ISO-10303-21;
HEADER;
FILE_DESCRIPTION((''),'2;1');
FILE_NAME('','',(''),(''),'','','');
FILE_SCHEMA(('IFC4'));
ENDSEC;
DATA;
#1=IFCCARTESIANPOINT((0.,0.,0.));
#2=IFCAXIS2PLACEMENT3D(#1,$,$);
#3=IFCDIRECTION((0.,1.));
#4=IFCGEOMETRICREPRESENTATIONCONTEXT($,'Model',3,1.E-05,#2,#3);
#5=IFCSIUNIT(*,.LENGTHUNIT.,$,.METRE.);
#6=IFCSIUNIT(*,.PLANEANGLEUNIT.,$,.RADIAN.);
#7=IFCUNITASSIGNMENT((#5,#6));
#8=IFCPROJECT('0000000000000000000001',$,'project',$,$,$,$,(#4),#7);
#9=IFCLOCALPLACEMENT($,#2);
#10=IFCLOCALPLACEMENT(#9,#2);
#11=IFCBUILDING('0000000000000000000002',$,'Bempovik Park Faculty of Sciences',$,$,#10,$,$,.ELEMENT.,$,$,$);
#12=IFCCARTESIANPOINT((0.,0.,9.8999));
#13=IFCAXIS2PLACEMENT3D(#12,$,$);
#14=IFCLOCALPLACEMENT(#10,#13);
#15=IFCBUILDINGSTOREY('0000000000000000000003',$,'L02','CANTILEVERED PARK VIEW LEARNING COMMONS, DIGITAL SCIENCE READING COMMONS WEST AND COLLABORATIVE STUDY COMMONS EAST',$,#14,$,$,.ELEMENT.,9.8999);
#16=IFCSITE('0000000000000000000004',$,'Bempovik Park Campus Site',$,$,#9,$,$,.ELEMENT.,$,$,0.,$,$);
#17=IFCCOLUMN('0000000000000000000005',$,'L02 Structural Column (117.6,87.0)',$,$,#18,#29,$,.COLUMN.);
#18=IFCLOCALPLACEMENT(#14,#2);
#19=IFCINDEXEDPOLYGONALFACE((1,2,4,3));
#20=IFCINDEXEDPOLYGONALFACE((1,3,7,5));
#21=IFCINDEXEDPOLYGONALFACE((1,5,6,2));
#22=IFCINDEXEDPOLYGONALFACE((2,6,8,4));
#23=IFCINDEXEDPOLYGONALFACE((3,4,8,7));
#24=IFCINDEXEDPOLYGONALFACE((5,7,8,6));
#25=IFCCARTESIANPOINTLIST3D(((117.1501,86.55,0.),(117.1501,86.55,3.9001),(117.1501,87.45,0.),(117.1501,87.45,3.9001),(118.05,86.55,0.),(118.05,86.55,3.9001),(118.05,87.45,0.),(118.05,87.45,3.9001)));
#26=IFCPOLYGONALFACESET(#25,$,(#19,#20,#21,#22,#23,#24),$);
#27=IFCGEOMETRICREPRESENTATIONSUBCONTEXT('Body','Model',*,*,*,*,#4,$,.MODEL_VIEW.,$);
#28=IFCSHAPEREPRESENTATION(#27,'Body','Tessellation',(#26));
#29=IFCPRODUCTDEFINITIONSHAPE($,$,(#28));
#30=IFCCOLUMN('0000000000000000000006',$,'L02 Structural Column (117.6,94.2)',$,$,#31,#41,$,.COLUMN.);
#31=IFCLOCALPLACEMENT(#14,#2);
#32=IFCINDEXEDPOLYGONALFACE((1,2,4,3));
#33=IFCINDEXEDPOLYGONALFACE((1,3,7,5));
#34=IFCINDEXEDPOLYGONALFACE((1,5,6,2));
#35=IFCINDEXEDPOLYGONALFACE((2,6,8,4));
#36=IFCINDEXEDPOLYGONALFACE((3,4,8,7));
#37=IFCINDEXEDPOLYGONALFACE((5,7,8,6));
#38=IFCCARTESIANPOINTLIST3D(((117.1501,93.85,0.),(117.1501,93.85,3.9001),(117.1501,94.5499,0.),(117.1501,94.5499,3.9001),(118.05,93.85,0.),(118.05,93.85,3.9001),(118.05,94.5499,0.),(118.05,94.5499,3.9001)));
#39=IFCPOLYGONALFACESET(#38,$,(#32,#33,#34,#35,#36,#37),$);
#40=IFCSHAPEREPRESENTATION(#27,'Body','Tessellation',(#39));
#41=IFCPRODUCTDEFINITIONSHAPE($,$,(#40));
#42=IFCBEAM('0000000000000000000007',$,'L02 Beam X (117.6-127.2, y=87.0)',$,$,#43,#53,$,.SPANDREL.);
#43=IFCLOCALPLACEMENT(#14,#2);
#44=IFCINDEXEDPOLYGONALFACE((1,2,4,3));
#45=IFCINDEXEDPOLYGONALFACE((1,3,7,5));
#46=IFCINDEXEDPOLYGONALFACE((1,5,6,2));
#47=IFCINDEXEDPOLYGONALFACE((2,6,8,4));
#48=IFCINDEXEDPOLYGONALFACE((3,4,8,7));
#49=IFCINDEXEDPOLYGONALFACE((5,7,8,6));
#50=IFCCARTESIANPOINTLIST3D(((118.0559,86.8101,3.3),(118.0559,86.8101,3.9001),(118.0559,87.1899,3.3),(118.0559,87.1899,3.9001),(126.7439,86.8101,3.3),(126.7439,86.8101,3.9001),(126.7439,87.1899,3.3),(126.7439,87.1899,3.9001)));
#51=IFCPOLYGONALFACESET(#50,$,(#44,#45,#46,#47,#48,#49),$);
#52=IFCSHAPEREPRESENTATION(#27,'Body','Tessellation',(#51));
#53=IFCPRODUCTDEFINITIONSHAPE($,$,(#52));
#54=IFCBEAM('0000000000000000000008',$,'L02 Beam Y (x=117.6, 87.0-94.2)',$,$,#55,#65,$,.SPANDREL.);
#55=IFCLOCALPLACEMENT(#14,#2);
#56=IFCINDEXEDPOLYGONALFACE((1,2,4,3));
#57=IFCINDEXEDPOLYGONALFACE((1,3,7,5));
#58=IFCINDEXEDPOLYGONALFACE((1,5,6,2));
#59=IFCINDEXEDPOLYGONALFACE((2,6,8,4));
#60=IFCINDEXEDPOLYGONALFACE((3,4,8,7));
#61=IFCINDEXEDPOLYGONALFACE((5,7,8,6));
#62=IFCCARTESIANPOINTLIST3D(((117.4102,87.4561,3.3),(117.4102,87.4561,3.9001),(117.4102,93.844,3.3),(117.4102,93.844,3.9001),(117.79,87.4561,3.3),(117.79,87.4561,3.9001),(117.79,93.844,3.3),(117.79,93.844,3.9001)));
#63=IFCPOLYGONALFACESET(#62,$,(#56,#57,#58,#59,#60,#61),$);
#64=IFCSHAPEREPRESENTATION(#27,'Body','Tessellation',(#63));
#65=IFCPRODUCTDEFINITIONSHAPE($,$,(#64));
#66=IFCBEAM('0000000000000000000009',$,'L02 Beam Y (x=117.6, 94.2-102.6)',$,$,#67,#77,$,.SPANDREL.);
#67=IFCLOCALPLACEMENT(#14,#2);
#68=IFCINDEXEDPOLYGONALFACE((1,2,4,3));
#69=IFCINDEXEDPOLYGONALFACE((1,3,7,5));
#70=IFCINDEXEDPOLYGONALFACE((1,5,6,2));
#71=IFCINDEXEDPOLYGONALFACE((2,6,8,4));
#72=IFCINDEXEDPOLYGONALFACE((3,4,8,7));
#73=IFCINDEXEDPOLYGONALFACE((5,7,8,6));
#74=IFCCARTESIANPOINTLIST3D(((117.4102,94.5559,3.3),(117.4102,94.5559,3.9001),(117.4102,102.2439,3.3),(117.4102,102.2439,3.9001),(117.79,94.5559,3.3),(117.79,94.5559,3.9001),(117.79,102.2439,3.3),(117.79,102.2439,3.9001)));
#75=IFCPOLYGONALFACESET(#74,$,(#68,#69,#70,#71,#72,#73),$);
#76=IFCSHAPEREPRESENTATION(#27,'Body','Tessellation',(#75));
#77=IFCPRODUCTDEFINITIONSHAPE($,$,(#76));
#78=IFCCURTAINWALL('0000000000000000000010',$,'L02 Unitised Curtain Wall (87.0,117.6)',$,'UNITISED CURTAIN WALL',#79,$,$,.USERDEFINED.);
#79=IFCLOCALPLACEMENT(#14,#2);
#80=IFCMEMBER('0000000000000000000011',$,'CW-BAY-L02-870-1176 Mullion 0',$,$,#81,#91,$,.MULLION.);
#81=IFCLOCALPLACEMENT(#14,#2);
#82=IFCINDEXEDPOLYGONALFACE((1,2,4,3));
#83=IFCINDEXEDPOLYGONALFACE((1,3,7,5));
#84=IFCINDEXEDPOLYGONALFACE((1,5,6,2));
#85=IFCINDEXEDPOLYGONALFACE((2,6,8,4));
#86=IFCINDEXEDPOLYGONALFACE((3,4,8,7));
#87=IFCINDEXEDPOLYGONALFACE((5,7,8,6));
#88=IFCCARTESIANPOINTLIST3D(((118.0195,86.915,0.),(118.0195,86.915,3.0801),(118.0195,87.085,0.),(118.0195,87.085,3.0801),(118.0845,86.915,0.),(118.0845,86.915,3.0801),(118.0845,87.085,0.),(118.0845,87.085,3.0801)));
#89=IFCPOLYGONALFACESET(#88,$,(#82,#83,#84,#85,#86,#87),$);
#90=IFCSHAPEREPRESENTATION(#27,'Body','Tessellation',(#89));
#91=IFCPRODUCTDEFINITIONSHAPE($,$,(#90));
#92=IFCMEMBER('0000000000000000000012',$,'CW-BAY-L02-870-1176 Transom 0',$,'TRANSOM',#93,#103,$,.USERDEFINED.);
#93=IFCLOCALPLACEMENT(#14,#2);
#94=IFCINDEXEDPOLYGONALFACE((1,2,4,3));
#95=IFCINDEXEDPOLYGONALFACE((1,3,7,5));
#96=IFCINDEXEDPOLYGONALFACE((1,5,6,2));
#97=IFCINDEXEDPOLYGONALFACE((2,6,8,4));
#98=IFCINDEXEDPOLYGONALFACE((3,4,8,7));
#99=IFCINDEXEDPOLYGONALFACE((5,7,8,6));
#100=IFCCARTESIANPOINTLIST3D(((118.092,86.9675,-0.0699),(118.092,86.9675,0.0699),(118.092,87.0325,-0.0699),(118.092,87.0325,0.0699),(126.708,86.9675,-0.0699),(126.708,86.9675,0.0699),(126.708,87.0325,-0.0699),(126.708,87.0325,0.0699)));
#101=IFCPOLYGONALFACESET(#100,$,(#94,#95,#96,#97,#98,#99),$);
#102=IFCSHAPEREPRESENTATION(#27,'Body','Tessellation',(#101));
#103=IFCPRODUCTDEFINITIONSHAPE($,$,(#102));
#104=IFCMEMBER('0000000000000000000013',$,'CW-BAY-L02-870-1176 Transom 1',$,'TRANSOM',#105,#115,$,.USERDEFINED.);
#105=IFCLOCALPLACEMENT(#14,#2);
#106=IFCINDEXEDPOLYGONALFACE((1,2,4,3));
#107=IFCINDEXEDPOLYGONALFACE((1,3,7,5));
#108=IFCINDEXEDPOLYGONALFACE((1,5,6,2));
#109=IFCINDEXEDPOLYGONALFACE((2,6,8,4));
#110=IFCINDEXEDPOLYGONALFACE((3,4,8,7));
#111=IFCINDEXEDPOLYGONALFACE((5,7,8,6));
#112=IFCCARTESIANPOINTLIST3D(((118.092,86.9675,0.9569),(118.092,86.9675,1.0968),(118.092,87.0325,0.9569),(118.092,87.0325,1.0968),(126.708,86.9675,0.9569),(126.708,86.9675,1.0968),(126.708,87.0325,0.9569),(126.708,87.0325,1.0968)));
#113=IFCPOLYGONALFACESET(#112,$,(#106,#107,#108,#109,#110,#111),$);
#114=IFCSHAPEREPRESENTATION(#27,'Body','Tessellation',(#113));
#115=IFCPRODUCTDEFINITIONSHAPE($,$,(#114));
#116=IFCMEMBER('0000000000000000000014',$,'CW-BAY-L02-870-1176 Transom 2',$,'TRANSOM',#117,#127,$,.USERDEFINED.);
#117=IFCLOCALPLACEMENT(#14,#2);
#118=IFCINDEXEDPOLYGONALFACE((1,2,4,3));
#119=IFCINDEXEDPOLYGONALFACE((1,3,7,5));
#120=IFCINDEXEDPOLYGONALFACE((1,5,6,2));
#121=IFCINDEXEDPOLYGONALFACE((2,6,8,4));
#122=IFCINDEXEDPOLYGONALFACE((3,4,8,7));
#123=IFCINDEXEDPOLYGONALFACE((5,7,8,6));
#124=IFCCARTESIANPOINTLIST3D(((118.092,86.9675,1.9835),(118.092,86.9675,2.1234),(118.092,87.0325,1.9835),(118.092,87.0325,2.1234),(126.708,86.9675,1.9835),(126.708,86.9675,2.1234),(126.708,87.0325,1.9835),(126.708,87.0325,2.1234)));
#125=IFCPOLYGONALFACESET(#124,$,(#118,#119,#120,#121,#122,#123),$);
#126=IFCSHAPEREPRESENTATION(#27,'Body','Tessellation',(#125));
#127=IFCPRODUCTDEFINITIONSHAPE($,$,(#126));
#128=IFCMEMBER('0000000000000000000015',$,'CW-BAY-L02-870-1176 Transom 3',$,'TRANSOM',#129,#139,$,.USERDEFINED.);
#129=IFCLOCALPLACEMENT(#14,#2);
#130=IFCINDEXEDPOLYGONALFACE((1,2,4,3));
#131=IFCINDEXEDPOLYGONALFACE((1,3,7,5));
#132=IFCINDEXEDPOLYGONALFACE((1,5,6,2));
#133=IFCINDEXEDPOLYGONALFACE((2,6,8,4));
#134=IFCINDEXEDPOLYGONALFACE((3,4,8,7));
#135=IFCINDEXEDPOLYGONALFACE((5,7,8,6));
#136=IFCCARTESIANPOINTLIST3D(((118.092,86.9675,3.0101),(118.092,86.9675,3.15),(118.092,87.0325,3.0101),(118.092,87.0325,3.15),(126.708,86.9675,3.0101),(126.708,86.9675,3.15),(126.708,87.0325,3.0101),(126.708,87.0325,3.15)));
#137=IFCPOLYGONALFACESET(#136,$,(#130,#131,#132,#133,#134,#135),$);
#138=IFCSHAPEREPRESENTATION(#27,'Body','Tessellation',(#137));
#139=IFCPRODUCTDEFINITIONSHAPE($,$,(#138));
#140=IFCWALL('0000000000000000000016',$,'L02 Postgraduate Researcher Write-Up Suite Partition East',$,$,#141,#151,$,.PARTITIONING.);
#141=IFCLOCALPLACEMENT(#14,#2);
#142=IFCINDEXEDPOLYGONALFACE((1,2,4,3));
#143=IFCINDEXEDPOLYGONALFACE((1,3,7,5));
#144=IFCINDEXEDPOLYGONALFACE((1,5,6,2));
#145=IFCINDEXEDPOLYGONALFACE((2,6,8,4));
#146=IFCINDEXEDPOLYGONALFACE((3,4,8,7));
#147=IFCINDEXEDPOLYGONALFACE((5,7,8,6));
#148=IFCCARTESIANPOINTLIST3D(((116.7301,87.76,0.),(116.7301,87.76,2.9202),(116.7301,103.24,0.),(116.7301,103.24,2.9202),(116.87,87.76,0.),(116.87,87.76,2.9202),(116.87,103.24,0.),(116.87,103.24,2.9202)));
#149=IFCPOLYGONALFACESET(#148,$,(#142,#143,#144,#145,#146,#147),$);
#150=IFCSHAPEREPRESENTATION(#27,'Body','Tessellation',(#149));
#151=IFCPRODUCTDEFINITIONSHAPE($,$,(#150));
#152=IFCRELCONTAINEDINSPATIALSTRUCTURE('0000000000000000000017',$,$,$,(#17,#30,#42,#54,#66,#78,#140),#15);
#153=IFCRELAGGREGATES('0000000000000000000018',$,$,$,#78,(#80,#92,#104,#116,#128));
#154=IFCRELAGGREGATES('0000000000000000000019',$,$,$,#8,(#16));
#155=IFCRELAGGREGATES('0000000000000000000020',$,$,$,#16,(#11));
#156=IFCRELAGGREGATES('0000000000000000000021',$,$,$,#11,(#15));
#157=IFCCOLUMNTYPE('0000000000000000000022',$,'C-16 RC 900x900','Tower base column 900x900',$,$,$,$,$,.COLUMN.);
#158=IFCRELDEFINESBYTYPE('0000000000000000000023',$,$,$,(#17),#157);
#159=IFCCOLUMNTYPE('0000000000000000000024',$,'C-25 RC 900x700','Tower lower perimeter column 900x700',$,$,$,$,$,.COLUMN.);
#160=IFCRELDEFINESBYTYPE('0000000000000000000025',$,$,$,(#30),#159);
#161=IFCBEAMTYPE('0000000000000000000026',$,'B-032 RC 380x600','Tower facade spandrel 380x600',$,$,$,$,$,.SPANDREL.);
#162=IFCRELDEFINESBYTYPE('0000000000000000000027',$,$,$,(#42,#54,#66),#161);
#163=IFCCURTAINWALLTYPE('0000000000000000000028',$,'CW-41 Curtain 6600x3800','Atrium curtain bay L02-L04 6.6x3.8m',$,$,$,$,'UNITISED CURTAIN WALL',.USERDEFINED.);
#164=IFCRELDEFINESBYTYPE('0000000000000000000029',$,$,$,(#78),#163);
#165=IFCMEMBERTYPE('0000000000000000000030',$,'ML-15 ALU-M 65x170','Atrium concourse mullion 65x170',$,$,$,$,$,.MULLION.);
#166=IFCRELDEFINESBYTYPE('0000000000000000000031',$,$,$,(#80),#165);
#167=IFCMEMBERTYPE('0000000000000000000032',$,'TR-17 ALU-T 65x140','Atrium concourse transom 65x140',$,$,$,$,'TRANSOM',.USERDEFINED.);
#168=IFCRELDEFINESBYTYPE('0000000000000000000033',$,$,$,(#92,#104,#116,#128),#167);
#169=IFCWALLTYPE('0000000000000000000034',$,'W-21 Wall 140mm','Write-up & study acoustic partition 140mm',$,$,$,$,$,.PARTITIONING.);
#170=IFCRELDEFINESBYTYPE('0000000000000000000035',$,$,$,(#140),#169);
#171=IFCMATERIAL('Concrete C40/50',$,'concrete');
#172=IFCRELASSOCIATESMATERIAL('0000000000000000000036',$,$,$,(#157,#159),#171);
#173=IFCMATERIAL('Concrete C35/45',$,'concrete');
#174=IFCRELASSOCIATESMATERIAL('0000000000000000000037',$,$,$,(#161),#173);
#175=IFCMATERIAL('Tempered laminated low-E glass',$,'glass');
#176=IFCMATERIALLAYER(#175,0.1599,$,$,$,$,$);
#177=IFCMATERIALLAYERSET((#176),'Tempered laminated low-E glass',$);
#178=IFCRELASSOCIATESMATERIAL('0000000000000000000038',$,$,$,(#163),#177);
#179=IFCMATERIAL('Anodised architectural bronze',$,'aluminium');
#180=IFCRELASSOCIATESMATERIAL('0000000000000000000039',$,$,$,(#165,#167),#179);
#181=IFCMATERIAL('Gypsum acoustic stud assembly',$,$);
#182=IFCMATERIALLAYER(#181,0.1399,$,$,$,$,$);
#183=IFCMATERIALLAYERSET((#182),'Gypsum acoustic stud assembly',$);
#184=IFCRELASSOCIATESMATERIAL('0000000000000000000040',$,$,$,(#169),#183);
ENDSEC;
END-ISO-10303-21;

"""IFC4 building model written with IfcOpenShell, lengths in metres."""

from ifc_helpers import new_model, si_unit, direction, frame, frame_2d, origin, origin_2d, place, context, subcontext, project, spatial, rectangle, extrude, material, layer, layer_set, material_profile, profile_set, type_object, element, aggregate, save


model = new_model("IFC4")

# Units and contexts
model_context = context("Model", 3, precision=1e-05, world=origin(), true_north=direction((0.0, 1.0)))
body_context = subcontext(model_context, "Body", "Model", "MODEL_VIEW")
ifc_project = project(units=[si_unit("LENGTHUNIT", "METRE"), si_unit("PLANEANGLEUNIT", "RADIAN")], contexts=[model_context])

# Site, building, storey
site_placement = place(None, origin())
site = spatial("IfcSite", under=ifc_project, at=site_placement, Name="Bempovik Park Campus Site", CompositionType="ELEMENT", RefElevation=0.0)
building_placement = place(site_placement, origin())
building = spatial("IfcBuilding", under=site, at=building_placement, Name="Bempovik Park Faculty of Sciences", CompositionType="ELEMENT")
storey_placement = place(building_placement, frame((0.0, 0.0, 9.8999)))
storey = spatial("IfcBuildingStorey", under=building, at=storey_placement, Name="L02", Description="CANTILEVERED PARK VIEW LEARNING COMMONS, DIGITAL SCIENCE READING COMMONS WEST AND COLLABORATIVE STUDY COMMONS EAST", CompositionType="ELEMENT", Elevation=9.8999)

# Columns
ifc_material_1 = material(Name="Concrete C40/50", Category="concrete")
ifc_material_profile_1 = material_profile(ifc_material_1, rectangle(XDim=0.8999, YDim=0.8999, at=origin_2d()), Name="RC 900x900")
ifc_profile_set_1 = profile_set([ifc_material_profile_1], Name="Concrete C40/50")
column_type_1 = type_object("IfcColumnType", Name="C-16 RC 900x900", Description="Tower base column 900x900", PredefinedType="COLUMN", material=ifc_profile_set_1)
column_1_placement = place(storey_placement, frame((117.6001, 87.0, 0.0), z_axis=(0.0, 0.0, 1.0), x_axis=(1.0, 0.0, 0.0)))
element("IfcColumn", 1, at=column_1_placement, inside=storey, type_object=column_type_1, Name="L02 Structural Column (117.6,87.0)", PredefinedType="COLUMN", context=body_context, shape_type="SweptSolid", body=[
    extrude(rectangle(XDim=0.8999, YDim=0.8999, at=origin_2d()), origin(), (0.0, 0.0, 1.0), 3.9001),
])
ifc_material_profile_2 = material_profile(ifc_material_1, rectangle(XDim=0.8999, YDim=0.7, at=origin_2d()), Name="RC 900x700")
ifc_profile_set_2 = profile_set([ifc_material_profile_2], Name="Concrete C40/50")
column_type_2 = type_object("IfcColumnType", Name="C-25 RC 900x700", Description="Tower lower perimeter column 900x700", PredefinedType="COLUMN", material=ifc_profile_set_2)
column_2_placement = place(storey_placement, frame((117.6001, 94.2, 0.0), z_axis=(0.0, 0.0, 1.0), x_axis=(1.0, 0.0, 0.0)))
element("IfcColumn", 2, at=column_2_placement, inside=storey, type_object=column_type_2, Name="L02 Structural Column (117.6,94.2)", PredefinedType="COLUMN", context=body_context, shape_type="SweptSolid", body=[
    extrude(rectangle(XDim=0.8999, YDim=0.7, at=origin_2d()), origin(), (0.0, 0.0, 1.0), 3.9001),
])

# Beams
ifc_material_2 = material(Name="Concrete C35/45", Category="concrete")
ifc_material_profile_3 = material_profile(ifc_material_2, rectangle(XDim=0.3799, YDim=0.6001, at=origin_2d()), Name="RC 380x600")
ifc_profile_set_3 = profile_set([ifc_material_profile_3], Name="Concrete C35/45")
beam_type = type_object("IfcBeamType", Name="B-032 RC 380x600", Description="Tower facade spandrel 380x600", PredefinedType="SPANDREL", material=ifc_profile_set_3)
beam_1_placement = place(storey_placement, frame((118.0559, 87.0, 3.6001), z_axis=(1.0, 0.0, 0.0), x_axis=(0.0, 1.0, 0.0)))
element("IfcBeam", 3, at=beam_1_placement, inside=storey, type_object=beam_type, Name="L02 Beam X (117.6-127.2, y=87.0)", PredefinedType="SPANDREL", context=body_context, shape_type="SweptSolid", body=[
    extrude(rectangle(XDim=0.3799, YDim=0.6001, at=origin_2d()), origin(), (0.0, 0.0, 1.0), 8.688),
])
beam_2_placement = place(storey_placement, frame((117.6001, 87.4561, 3.6001), z_axis=(0.0, 1.0, 0.0), x_axis=(-1.0, 0.0, 0.0)))
element("IfcBeam", 4, at=beam_2_placement, inside=storey, type_object=beam_type, Name="L02 Beam Y (x=117.6, 87.0-94.2)", PredefinedType="SPANDREL", context=body_context, shape_type="SweptSolid", body=[
    extrude(rectangle(XDim=0.3799, YDim=0.6001, at=origin_2d()), origin(), (0.0, 0.0, 1.0), 6.3879),
])
beam_3_placement = place(storey_placement, frame((117.6001, 94.5559, 3.6001), z_axis=(0.0, 1.0, 0.0), x_axis=(-1.0, 0.0, 0.0)))
element("IfcBeam", 5, at=beam_3_placement, inside=storey, type_object=beam_type, Name="L02 Beam Y (x=117.6, 94.2-102.6)", PredefinedType="SPANDREL", context=body_context, shape_type="SweptSolid", body=[
    extrude(rectangle(XDim=0.3799, YDim=0.6001, at=origin_2d()), origin(), (0.0, 0.0, 1.0), 7.688),
])

# Curtain wall, members
ifc_material_3 = material(Name="Tempered laminated low-E glass", Category="glass")
ifc_layer_1 = layer(ifc_material_3, 0.1599)
ifc_layer_set_1 = layer_set([ifc_layer_1], Name="Tempered laminated low-E glass")
curtain_wall_type = type_object("IfcCurtainWallType", Name="CW-41 Curtain 6600x3800", Description="Atrium curtain bay L02-L04 6.6x3.8m", ElementType="UNITISED CURTAIN WALL", PredefinedType="USERDEFINED", material=ifc_layer_set_1)
curtain_wall_placement = place(storey_placement, origin())
curtain_wall = element("IfcCurtainWall", 6, at=curtain_wall_placement, inside=storey, type_object=curtain_wall_type, Name="L02 Unitised Curtain Wall (87.0,117.6)", ObjectType="UNITISED CURTAIN WALL", PredefinedType="USERDEFINED")
ifc_material_4 = material(Name="Anodised architectural bronze", Category="aluminium")
ifc_material_profile_4 = material_profile(ifc_material_4, rectangle(XDim=0.0649, YDim=0.1699, at=origin_2d()), Name="ALU-M 65x170")
ifc_profile_set_4 = profile_set([ifc_material_profile_4], Name="Anodised architectural bronze")
member_type_1 = type_object("IfcMemberType", Name="ML-15 ALU-M 65x170", Description="Atrium concourse mullion 65x170", PredefinedType="MULLION", material=ifc_profile_set_4)
member_1_placement = place(storey_placement, frame((118.052, 87.0, 0.0), z_axis=(0.0, 0.0, 1.0), x_axis=(1.0, 0.0, 0.0)))
member_1 = element("IfcMember", 7, at=member_1_placement, type_object=member_type_1, Name="CW-BAY-L02-870-1176 Mullion 0", PredefinedType="MULLION", context=body_context, shape_type="SweptSolid", body=[
    extrude(rectangle(XDim=0.0649, YDim=0.1699, at=origin_2d()), origin(), (0.0, 0.0, 1.0), 3.0801),
])
ifc_material_profile_5 = material_profile(ifc_material_4, rectangle(XDim=0.0649, YDim=0.1399, at=origin_2d()), Name="ALU-T 65x140")
ifc_profile_set_5 = profile_set([ifc_material_profile_5], Name="Anodised architectural bronze")
member_type_2 = type_object("IfcMemberType", Name="TR-17 ALU-T 65x140", Description="Atrium concourse transom 65x140", ElementType="TRANSOM", PredefinedType="USERDEFINED", material=ifc_profile_set_5)
member_2_placement = place(storey_placement, frame((118.092, 87.0, 0.0), z_axis=(1.0, 0.0, 0.0), x_axis=(0.0, 1.0, 0.0)))
member_2 = element("IfcMember", 8, at=member_2_placement, type_object=member_type_2, Name="CW-BAY-L02-870-1176 Transom 0", ObjectType="TRANSOM", PredefinedType="USERDEFINED", context=body_context, shape_type="SweptSolid", body=[
    extrude(rectangle(XDim=0.0649, YDim=0.1399, at=origin_2d()), origin(), (0.0, 0.0, 1.0), 8.616),
])
member_3_placement = place(storey_placement, frame((118.092, 87.0, 1.0269), z_axis=(1.0, 0.0, 0.0), x_axis=(0.0, 1.0, 0.0)))
member_3 = element("IfcMember", 9, at=member_3_placement, type_object=member_type_2, Name="CW-BAY-L02-870-1176 Transom 1", ObjectType="TRANSOM", PredefinedType="USERDEFINED", context=body_context, shape_type="SweptSolid", body=[
    extrude(rectangle(XDim=0.0649, YDim=0.1399, at=origin_2d()), origin(), (0.0, 0.0, 1.0), 8.616),
])
member_4_placement = place(storey_placement, frame((118.092, 87.0, 2.0535), z_axis=(1.0, 0.0, 0.0), x_axis=(0.0, 1.0, 0.0)))
member_4 = element("IfcMember", 10, at=member_4_placement, type_object=member_type_2, Name="CW-BAY-L02-870-1176 Transom 2", ObjectType="TRANSOM", PredefinedType="USERDEFINED", context=body_context, shape_type="SweptSolid", body=[
    extrude(rectangle(XDim=0.0649, YDim=0.1399, at=origin_2d()), origin(), (0.0, 0.0, 1.0), 8.616),
])
member_5_placement = place(storey_placement, frame((118.092, 87.0, 3.0801), z_axis=(1.0, 0.0, 0.0), x_axis=(0.0, 1.0, 0.0)))
member_5 = element("IfcMember", 11, at=member_5_placement, type_object=member_type_2, Name="CW-BAY-L02-870-1176 Transom 3", ObjectType="TRANSOM", PredefinedType="USERDEFINED", context=body_context, shape_type="SweptSolid", body=[
    extrude(rectangle(XDim=0.0649, YDim=0.1399, at=origin_2d()), origin(), (0.0, 0.0, 1.0), 8.616),
])
aggregate(curtain_wall, [member_1, member_2, member_3, member_4, member_5])

# Wall
ifc_material_5 = material(Name="Gypsum acoustic stud assembly")
ifc_layer_2 = layer(ifc_material_5, 0.1399)
ifc_layer_set_2 = layer_set([ifc_layer_2], Name="Gypsum acoustic stud assembly")
wall_type_1 = type_object("IfcWallType", Name="W-21 Wall 140mm", Description="Write-up & study acoustic partition 140mm", PredefinedType="PARTITIONING", material=ifc_layer_set_2)
wall_1_placement = place(storey_placement, frame((116.8, 87.76, 0.0), z_axis=(0.0, 0.0, 1.0), x_axis=(0.0, 1.0, 0.0)))
element("IfcWall", 12, at=wall_1_placement, inside=storey, type_object=wall_type_1, Name="L02 Postgraduate Researcher Write-Up Suite Partition East", PredefinedType="PARTITIONING", context=body_context, shape_type="SweptSolid", body=[
    extrude(rectangle(XDim=15.48, YDim=0.1399, at=frame_2d((7.74, 0.0))), origin(), (0.0, 0.0, 1.0), 2.9202),
])

save(model, "model.ifc")
